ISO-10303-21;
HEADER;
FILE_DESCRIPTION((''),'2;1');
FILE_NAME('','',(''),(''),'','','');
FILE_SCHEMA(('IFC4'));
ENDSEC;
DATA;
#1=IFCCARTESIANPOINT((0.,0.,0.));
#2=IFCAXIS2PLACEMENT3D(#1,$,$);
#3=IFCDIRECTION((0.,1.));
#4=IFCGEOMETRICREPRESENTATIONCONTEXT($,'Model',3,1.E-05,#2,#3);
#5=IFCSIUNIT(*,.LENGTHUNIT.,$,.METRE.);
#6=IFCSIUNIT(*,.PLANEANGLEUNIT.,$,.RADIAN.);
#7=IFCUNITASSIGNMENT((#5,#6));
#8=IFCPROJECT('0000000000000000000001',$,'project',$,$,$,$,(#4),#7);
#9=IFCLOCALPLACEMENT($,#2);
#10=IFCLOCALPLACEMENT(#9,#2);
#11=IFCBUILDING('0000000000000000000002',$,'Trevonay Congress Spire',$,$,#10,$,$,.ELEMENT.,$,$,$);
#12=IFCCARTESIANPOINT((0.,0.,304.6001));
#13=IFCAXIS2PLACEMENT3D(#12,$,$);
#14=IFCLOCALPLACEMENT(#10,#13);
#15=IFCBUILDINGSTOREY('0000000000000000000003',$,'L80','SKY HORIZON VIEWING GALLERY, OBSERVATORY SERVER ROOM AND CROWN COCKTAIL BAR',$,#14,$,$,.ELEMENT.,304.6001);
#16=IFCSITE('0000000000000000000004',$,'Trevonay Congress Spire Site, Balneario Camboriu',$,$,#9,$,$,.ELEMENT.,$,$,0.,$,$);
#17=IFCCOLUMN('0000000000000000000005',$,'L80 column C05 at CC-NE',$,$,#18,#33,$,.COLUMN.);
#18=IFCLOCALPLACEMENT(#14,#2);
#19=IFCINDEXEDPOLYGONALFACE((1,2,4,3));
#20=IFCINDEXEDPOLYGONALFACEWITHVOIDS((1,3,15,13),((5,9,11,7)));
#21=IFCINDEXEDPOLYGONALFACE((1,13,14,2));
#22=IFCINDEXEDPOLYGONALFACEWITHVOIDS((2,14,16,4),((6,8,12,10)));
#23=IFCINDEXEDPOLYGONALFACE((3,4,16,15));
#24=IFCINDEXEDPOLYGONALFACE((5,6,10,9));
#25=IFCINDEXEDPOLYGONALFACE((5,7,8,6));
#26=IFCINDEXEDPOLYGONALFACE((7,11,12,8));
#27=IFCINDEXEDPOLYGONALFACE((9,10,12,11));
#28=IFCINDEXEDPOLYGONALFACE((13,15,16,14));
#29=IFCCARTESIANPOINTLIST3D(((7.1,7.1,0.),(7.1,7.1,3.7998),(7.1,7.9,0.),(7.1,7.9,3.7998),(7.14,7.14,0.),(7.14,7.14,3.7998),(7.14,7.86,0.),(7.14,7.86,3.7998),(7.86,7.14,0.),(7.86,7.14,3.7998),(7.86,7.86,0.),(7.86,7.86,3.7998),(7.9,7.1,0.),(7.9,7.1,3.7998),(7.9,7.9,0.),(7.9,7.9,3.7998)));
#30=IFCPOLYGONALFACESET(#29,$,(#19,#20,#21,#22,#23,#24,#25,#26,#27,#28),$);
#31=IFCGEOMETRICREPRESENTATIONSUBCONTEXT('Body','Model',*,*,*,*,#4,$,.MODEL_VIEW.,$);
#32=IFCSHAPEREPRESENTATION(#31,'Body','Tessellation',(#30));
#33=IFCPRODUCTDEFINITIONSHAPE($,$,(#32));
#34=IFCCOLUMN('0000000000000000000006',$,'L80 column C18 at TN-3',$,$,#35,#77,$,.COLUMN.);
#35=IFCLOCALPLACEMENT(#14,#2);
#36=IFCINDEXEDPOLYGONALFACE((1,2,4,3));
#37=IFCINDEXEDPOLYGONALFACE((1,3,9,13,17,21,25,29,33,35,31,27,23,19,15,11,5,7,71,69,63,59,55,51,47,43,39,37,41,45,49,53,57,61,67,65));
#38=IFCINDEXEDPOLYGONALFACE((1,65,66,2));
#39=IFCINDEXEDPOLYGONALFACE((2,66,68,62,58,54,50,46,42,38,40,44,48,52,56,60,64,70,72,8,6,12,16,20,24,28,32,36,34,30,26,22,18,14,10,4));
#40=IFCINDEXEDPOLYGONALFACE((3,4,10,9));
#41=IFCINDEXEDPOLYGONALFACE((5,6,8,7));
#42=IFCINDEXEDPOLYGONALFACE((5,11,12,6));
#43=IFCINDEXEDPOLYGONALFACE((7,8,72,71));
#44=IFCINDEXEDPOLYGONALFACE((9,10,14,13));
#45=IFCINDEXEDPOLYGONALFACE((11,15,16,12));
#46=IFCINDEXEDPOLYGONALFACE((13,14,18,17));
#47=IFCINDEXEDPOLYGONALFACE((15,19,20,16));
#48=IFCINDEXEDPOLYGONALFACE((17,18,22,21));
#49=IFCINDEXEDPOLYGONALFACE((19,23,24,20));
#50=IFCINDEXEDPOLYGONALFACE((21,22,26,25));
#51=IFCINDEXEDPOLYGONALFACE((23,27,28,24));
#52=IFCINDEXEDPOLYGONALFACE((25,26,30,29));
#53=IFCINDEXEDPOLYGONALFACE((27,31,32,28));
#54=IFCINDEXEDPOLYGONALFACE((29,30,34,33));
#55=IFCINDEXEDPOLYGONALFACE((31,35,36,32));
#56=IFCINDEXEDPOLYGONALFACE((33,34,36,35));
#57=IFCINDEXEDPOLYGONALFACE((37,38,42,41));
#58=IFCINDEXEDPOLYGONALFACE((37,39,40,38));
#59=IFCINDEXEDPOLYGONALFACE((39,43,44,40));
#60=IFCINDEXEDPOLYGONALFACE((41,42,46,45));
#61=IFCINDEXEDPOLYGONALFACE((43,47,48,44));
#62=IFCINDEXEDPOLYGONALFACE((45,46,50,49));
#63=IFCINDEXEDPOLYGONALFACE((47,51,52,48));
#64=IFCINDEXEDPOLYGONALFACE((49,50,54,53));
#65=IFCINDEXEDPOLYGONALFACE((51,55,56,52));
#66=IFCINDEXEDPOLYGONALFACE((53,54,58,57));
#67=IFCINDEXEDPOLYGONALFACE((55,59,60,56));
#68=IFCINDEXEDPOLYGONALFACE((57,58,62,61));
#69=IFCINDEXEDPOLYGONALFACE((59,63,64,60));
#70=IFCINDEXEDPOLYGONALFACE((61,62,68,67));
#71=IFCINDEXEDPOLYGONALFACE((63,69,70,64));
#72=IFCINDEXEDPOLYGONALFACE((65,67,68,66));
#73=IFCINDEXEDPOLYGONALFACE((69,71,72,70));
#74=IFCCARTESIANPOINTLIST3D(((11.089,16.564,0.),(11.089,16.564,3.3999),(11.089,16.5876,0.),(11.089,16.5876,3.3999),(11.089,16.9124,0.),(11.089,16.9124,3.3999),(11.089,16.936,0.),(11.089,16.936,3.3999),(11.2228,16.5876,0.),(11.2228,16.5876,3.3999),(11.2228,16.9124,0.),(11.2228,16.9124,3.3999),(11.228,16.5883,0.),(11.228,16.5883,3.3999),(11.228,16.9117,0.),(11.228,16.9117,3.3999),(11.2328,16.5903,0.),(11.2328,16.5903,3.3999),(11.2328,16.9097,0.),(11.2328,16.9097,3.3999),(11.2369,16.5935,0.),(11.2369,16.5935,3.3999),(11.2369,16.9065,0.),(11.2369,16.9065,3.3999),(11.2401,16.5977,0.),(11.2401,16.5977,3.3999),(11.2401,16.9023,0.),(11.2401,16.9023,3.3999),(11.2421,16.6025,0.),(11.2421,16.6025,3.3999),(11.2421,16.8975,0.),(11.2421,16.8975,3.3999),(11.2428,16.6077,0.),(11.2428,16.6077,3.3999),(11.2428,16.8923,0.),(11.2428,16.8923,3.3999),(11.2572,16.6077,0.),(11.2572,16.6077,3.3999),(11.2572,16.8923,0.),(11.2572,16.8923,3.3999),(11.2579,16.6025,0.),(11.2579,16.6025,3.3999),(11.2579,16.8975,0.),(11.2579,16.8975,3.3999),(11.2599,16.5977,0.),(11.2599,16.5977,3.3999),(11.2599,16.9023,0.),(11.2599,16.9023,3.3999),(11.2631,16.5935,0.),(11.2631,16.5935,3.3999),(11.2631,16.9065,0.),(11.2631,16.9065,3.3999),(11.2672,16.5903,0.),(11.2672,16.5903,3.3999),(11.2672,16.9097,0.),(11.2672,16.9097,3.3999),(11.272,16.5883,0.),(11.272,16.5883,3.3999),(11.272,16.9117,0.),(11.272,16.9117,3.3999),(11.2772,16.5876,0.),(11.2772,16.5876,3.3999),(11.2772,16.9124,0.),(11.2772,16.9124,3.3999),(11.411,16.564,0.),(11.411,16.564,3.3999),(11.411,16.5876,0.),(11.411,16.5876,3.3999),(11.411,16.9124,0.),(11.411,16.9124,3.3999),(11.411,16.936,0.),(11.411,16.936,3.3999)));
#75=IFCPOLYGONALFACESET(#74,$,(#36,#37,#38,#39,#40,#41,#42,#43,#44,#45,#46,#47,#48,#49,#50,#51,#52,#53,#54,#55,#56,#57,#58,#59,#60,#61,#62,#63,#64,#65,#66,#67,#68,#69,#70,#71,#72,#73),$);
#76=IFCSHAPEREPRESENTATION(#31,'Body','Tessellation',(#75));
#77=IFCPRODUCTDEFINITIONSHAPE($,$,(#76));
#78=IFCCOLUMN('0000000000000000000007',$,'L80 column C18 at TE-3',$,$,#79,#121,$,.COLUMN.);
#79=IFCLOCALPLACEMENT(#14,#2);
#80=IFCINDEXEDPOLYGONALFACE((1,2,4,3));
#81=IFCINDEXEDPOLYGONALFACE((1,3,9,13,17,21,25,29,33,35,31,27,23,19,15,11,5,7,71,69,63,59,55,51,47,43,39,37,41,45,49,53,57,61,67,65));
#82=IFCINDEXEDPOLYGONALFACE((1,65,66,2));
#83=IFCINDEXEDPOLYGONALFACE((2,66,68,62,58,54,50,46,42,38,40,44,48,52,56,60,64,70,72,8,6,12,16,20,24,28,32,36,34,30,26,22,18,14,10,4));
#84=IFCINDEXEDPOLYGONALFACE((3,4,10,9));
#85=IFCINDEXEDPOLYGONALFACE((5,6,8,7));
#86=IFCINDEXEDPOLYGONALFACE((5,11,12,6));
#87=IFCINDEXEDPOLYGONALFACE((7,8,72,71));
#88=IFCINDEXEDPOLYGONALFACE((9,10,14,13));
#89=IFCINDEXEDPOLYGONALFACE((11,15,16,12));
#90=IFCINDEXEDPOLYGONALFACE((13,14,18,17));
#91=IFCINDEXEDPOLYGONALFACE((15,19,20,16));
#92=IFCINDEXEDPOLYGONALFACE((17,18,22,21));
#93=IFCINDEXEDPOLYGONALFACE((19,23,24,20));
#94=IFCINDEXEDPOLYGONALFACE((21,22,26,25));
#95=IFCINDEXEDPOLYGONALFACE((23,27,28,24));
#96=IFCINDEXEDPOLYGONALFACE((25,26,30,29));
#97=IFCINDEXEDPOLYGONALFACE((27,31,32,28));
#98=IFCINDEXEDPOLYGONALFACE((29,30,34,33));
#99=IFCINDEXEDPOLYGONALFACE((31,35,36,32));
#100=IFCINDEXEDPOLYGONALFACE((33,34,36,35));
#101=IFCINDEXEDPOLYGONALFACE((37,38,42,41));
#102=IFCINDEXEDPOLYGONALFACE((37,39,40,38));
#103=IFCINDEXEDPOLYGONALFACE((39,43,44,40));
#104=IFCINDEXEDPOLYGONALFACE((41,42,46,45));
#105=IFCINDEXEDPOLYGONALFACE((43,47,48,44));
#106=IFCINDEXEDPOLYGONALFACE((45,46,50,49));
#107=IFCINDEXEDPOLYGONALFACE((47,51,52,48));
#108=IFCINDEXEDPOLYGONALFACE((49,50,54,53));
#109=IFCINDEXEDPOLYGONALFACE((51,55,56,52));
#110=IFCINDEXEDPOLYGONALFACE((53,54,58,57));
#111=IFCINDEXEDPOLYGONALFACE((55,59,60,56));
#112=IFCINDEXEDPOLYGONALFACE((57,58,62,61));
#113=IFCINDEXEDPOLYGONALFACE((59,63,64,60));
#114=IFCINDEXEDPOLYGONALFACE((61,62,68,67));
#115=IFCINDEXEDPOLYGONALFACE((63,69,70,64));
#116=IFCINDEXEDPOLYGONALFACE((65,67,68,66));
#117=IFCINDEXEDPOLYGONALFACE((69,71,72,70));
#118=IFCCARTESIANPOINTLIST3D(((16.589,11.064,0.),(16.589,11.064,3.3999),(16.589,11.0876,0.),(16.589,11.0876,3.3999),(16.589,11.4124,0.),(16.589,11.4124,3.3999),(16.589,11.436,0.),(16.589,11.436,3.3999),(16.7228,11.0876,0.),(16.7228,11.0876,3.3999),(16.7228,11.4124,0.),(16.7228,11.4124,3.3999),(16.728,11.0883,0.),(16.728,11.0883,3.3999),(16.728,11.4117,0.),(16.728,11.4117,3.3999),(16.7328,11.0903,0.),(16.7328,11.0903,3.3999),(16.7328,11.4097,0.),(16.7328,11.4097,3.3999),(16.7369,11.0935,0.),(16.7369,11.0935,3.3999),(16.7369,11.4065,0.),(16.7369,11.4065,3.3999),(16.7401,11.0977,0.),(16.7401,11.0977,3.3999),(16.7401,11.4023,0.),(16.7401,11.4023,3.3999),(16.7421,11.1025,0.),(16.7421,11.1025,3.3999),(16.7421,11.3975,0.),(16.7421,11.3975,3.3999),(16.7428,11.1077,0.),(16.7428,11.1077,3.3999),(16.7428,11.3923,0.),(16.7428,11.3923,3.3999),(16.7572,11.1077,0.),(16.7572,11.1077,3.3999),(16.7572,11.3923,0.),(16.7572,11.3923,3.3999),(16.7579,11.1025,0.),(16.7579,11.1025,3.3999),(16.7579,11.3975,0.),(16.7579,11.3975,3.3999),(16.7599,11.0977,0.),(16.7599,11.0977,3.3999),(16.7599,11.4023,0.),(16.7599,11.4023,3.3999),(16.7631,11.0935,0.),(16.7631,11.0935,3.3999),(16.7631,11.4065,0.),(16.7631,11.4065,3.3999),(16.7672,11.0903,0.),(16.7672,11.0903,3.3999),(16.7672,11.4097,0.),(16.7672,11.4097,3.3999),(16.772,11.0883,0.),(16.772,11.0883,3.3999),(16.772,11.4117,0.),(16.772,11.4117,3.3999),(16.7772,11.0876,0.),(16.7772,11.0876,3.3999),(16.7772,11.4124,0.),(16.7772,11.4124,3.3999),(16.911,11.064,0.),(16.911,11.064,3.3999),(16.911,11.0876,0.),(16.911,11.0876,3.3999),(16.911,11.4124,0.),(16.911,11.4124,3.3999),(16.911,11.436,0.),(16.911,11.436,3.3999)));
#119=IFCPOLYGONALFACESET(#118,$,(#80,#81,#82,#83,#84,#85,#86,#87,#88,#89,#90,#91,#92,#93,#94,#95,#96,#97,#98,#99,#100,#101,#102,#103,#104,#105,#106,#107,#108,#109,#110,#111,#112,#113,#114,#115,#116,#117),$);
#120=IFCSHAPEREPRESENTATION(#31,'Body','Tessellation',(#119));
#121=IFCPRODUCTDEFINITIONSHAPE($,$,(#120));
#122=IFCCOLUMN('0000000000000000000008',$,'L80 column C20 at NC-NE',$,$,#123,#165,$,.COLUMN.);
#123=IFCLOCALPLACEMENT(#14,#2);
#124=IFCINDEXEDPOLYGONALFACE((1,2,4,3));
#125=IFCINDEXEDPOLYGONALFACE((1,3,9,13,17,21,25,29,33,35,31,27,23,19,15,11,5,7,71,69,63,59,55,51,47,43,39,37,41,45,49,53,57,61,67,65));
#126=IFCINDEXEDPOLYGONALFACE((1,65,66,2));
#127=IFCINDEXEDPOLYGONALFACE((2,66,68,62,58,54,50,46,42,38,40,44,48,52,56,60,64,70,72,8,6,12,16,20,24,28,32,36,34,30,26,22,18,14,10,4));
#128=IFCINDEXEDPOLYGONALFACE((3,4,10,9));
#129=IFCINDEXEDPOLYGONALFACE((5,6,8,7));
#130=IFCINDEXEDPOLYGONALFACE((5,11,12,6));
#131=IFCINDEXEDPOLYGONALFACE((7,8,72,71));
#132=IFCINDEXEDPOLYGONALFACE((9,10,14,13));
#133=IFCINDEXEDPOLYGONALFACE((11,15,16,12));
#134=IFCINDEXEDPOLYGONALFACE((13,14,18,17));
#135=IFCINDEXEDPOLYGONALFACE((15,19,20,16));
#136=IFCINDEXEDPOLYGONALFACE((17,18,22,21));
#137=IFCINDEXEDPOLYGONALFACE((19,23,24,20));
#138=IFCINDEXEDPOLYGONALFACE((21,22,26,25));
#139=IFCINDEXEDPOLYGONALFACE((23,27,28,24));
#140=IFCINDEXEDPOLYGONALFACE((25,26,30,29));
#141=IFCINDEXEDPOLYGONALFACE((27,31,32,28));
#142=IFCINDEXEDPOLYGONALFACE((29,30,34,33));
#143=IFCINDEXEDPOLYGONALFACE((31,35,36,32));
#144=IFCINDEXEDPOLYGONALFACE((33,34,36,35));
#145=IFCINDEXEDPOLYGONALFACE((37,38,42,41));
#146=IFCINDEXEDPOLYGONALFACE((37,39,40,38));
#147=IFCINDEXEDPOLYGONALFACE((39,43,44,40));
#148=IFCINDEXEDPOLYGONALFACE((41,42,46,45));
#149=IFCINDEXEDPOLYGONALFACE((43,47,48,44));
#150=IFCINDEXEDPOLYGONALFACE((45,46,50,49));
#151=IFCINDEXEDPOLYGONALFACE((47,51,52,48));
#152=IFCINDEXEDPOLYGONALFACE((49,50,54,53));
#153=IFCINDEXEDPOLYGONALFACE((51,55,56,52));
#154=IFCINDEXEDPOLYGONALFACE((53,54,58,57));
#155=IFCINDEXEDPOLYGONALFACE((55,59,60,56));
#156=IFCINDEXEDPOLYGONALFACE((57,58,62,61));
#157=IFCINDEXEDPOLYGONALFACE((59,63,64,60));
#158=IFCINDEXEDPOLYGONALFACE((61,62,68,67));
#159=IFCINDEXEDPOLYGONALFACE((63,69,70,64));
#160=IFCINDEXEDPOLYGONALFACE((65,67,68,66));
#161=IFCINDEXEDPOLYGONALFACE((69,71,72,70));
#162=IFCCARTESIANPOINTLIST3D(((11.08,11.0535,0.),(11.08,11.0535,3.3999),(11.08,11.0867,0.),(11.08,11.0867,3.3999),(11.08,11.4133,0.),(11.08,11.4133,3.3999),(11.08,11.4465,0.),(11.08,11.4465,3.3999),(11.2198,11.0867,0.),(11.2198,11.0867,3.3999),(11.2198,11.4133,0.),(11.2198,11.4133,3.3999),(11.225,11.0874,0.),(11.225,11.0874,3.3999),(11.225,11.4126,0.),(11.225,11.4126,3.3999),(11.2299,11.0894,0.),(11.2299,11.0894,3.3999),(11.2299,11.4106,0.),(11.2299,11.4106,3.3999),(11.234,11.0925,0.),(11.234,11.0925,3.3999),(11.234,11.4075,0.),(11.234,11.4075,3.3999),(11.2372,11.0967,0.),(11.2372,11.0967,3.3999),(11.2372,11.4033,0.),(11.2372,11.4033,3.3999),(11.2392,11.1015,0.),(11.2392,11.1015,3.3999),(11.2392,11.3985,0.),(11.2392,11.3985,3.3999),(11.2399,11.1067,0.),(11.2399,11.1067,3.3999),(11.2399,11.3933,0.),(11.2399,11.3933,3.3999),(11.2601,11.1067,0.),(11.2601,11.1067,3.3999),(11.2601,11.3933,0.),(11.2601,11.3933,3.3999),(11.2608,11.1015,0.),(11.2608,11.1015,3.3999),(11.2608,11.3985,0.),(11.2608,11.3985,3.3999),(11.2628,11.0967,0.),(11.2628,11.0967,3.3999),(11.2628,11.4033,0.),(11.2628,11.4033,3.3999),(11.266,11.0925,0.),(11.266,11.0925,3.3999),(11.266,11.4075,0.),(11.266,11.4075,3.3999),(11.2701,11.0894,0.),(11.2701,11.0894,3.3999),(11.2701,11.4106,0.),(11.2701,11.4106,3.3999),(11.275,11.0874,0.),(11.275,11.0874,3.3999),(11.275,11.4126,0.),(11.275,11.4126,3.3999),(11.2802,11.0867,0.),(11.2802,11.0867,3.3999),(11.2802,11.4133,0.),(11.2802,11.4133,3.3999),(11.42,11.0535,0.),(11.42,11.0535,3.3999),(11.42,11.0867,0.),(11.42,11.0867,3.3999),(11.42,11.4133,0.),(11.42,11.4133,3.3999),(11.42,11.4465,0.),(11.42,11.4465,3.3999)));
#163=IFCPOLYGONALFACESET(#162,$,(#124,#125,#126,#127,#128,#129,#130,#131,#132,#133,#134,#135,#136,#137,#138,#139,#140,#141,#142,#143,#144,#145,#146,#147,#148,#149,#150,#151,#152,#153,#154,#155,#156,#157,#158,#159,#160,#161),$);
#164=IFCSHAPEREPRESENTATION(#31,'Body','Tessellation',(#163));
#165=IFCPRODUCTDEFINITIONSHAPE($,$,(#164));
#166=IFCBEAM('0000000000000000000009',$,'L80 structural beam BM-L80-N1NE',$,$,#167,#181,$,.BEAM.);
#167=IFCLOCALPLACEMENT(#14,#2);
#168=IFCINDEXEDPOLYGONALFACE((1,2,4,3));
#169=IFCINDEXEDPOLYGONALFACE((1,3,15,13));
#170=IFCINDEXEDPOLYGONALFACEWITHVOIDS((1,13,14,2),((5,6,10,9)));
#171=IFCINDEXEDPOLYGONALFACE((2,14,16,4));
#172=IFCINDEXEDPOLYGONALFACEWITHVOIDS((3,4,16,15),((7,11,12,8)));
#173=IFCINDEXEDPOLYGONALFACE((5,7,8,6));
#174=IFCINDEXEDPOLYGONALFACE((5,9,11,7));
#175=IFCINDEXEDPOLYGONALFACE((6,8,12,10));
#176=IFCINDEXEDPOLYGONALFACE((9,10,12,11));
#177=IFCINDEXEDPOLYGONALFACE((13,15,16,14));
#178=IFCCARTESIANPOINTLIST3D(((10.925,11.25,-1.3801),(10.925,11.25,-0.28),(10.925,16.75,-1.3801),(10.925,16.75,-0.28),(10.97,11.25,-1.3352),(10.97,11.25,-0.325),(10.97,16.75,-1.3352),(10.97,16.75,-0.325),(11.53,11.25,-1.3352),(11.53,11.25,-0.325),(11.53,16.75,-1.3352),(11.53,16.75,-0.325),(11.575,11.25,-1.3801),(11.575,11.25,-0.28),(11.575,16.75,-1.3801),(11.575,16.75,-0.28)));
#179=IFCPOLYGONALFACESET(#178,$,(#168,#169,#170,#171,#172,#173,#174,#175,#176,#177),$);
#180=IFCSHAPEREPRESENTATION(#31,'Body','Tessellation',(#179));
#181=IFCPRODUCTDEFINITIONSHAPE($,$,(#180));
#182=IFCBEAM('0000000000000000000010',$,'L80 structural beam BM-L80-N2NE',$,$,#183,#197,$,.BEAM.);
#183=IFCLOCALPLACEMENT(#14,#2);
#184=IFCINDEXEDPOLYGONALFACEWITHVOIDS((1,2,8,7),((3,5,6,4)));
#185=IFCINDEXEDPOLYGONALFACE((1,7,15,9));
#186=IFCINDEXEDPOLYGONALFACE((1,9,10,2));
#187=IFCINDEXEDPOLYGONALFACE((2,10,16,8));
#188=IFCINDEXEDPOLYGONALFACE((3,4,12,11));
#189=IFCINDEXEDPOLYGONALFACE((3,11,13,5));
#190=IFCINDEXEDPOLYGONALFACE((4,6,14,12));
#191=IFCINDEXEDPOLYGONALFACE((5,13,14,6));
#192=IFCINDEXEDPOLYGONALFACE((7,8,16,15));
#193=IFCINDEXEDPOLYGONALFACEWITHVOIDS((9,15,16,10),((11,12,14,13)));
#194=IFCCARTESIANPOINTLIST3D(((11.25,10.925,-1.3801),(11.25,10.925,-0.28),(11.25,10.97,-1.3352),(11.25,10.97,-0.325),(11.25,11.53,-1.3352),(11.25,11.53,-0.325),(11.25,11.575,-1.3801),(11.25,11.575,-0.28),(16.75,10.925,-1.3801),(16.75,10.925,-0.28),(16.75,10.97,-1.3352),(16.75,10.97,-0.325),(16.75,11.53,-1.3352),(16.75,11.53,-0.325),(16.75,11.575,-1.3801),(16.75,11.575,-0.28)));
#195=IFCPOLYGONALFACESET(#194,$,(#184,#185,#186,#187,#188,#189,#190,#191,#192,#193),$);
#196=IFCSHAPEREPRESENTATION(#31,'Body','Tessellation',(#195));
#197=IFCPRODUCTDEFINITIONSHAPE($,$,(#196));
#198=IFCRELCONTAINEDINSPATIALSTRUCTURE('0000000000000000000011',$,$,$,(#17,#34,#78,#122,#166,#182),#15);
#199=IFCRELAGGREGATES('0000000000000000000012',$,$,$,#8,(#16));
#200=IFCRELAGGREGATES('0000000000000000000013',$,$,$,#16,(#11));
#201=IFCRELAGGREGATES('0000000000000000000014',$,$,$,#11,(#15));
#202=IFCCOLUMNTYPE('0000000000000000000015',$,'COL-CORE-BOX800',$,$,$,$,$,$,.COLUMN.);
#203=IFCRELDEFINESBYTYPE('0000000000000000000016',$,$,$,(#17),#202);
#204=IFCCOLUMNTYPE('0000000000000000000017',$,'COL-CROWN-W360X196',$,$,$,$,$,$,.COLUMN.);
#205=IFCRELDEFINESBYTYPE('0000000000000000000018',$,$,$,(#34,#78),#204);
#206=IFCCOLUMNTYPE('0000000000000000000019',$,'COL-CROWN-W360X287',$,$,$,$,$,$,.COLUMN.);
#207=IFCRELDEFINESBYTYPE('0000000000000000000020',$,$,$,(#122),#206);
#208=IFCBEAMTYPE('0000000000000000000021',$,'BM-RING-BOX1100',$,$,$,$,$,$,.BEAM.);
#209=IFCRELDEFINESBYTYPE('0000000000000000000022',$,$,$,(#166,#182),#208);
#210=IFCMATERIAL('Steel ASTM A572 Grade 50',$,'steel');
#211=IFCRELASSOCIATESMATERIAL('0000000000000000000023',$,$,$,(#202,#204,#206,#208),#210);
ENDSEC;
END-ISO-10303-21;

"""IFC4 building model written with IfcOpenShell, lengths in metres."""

from ifc_helpers import new_model, si_unit, direction, frame, origin, origin_2d, place, context, subcontext, project, spatial, hollow_rectangle, i_section, extrude, material, material_profile, profile_set, type_object, element, save


model = new_model("IFC4")

# Units and contexts
model_context = context("Model", 3, precision=1e-05, world=origin(), true_north=direction((0.0, 1.0)))
body_context = subcontext(model_context, "Body", "Model", "MODEL_VIEW")
ifc_project = project(units=[si_unit("LENGTHUNIT", "METRE"), si_unit("PLANEANGLEUNIT", "RADIAN")], contexts=[model_context])

# Site, building, storey
site_placement = place(None, origin())
site = spatial("IfcSite", under=ifc_project, at=site_placement, Name="Trevonay Congress Spire Site, Balneario Camboriu", CompositionType="ELEMENT", RefElevation=0.0)
building_placement = place(site_placement, origin())
building = spatial("IfcBuilding", under=site, at=building_placement, Name="Trevonay Congress Spire", CompositionType="ELEMENT")
storey_placement = place(building_placement, frame((0.0, 0.0, 304.6001)))
storey = spatial("IfcBuildingStorey", under=building, at=storey_placement, Name="L80", Description="SKY HORIZON VIEWING GALLERY, OBSERVATORY SERVER ROOM AND CROWN COCKTAIL BAR", CompositionType="ELEMENT", Elevation=304.6001)

# Columns
ifc_material_1 = material(Name="Steel ASTM A572 Grade 50", Category="steel")
ifc_material_profile_1 = material_profile(ifc_material_1, hollow_rectangle(XDim=0.8, YDim=0.8, WallThickness=0.04, at=origin_2d()), Name="BOX 800x800x40")
ifc_profile_set_1 = profile_set([ifc_material_profile_1], Name="Steel ASTM A572 Grade 50")
column_type_1 = type_object("IfcColumnType", Name="COL-CORE-BOX800", PredefinedType="COLUMN", material=ifc_profile_set_1)
column_1_placement = place(storey_placement, frame((7.5, 7.5, 0.0), z_axis=(0.0, 0.0, 1.0), x_axis=(1.0, 0.0, 0.0)))
element("IfcColumn", 1, at=column_1_placement, inside=storey, type_object=column_type_1, Name="L80 column C05 at CC-NE", PredefinedType="COLUMN", context=body_context, shape_type="SweptSolid", body=[
    extrude(hollow_rectangle(XDim=0.8, YDim=0.8, WallThickness=0.04, at=origin_2d()), origin(), (0.0, 0.0, 1.0), 3.7998),
])
ifc_material_profile_2 = material_profile(ifc_material_1, i_section(OverallWidth=0.322, OverallDepth=0.3721, WebThickness=0.0144, FlangeThickness=0.0237, FilletRadius=0.02, at=origin_2d()), Name="W360x196")
ifc_profile_set_2 = profile_set([ifc_material_profile_2], Name="Steel ASTM A572 Grade 50")
column_type_2 = type_object("IfcColumnType", Name="COL-CROWN-W360X196", PredefinedType="COLUMN", material=ifc_profile_set_2)
for number, where, z_axis, x_axis, name in (
    (2, (11.25, 16.75, 0.0), (0.0, 0.0, 1.0), (1.0, 0.0, 0.0), "L80 column C18 at TN-3"),
    (3, (16.75, 11.25, 0.0), (0.0, 0.0, 1.0), (1.0, 0.0, 0.0), "L80 column C18 at TE-3"),
):
    element("IfcColumn", number, at=place(storey_placement, frame(where, z_axis=z_axis, x_axis=x_axis)), inside=storey, type_object=column_type_2, Name=name, PredefinedType="COLUMN", context=body_context, shape_type="SweptSolid", body=[
        extrude(i_section(OverallWidth=0.322, OverallDepth=0.3721, WebThickness=0.0144, FlangeThickness=0.0237, FilletRadius=0.02, at=origin_2d()), origin(), (0.0, 0.0, 1.0), 3.3999),
    ])
ifc_material_profile_3 = material_profile(ifc_material_1, i_section(OverallWidth=0.3401, OverallDepth=0.3931, WebThickness=0.0203, FlangeThickness=0.0332, FilletRadius=0.02, at=origin_2d()), Name="W360x287")
ifc_profile_set_3 = profile_set([ifc_material_profile_3], Name="Steel ASTM A572 Grade 50")
column_type_3 = type_object("IfcColumnType", Name="COL-CROWN-W360X287", PredefinedType="COLUMN", material=ifc_profile_set_3)
column_2_placement = place(storey_placement, frame((11.25, 11.25, 0.0), z_axis=(0.0, 0.0, 1.0), x_axis=(1.0, 0.0, 0.0)))
element("IfcColumn", 4, at=column_2_placement, inside=storey, type_object=column_type_3, Name="L80 column C20 at NC-NE", PredefinedType="COLUMN", context=body_context, shape_type="SweptSolid", body=[
    extrude(i_section(OverallWidth=0.3401, OverallDepth=0.3931, WebThickness=0.0203, FlangeThickness=0.0332, FilletRadius=0.02, at=origin_2d()), origin(), (0.0, 0.0, 1.0), 3.3999),
])

# Beams
ifc_material_profile_4 = material_profile(ifc_material_1, hollow_rectangle(XDim=0.6499, YDim=1.1001, WallThickness=0.0449, at=origin_2d()), Name="BOX 1100x650x45")
ifc_profile_set_4 = profile_set([ifc_material_profile_4], Name="Steel ASTM A572 Grade 50")
beam_type_1 = type_object("IfcBeamType", Name="BM-RING-BOX1100", PredefinedType="BEAM", material=ifc_profile_set_4)
for number, where, z_axis, x_axis, name in (
    (5, (11.25, 16.75, -0.8301), (0.0, -1.0, 0.0), (1.0, 0.0, 0.0), "L80 structural beam BM-L80-N1NE"),
    (6, (16.75, 11.25, -0.8301), (-1.0, 0.0, 0.0), (0.0, -1.0, 0.0), "L80 structural beam BM-L80-N2NE"),
):
    element("IfcBeam", number, at=place(storey_placement, frame(where, z_axis=z_axis, x_axis=x_axis)), inside=storey, type_object=beam_type_1, Name=name, PredefinedType="BEAM", context=body_context, shape_type="SweptSolid", body=[
        extrude(hollow_rectangle(XDim=0.6499, YDim=1.1001, WallThickness=0.0449, at=origin_2d()), origin(), (0.0, 0.0, 1.0), 5.5),
    ])

save(model, "model.ifc")
